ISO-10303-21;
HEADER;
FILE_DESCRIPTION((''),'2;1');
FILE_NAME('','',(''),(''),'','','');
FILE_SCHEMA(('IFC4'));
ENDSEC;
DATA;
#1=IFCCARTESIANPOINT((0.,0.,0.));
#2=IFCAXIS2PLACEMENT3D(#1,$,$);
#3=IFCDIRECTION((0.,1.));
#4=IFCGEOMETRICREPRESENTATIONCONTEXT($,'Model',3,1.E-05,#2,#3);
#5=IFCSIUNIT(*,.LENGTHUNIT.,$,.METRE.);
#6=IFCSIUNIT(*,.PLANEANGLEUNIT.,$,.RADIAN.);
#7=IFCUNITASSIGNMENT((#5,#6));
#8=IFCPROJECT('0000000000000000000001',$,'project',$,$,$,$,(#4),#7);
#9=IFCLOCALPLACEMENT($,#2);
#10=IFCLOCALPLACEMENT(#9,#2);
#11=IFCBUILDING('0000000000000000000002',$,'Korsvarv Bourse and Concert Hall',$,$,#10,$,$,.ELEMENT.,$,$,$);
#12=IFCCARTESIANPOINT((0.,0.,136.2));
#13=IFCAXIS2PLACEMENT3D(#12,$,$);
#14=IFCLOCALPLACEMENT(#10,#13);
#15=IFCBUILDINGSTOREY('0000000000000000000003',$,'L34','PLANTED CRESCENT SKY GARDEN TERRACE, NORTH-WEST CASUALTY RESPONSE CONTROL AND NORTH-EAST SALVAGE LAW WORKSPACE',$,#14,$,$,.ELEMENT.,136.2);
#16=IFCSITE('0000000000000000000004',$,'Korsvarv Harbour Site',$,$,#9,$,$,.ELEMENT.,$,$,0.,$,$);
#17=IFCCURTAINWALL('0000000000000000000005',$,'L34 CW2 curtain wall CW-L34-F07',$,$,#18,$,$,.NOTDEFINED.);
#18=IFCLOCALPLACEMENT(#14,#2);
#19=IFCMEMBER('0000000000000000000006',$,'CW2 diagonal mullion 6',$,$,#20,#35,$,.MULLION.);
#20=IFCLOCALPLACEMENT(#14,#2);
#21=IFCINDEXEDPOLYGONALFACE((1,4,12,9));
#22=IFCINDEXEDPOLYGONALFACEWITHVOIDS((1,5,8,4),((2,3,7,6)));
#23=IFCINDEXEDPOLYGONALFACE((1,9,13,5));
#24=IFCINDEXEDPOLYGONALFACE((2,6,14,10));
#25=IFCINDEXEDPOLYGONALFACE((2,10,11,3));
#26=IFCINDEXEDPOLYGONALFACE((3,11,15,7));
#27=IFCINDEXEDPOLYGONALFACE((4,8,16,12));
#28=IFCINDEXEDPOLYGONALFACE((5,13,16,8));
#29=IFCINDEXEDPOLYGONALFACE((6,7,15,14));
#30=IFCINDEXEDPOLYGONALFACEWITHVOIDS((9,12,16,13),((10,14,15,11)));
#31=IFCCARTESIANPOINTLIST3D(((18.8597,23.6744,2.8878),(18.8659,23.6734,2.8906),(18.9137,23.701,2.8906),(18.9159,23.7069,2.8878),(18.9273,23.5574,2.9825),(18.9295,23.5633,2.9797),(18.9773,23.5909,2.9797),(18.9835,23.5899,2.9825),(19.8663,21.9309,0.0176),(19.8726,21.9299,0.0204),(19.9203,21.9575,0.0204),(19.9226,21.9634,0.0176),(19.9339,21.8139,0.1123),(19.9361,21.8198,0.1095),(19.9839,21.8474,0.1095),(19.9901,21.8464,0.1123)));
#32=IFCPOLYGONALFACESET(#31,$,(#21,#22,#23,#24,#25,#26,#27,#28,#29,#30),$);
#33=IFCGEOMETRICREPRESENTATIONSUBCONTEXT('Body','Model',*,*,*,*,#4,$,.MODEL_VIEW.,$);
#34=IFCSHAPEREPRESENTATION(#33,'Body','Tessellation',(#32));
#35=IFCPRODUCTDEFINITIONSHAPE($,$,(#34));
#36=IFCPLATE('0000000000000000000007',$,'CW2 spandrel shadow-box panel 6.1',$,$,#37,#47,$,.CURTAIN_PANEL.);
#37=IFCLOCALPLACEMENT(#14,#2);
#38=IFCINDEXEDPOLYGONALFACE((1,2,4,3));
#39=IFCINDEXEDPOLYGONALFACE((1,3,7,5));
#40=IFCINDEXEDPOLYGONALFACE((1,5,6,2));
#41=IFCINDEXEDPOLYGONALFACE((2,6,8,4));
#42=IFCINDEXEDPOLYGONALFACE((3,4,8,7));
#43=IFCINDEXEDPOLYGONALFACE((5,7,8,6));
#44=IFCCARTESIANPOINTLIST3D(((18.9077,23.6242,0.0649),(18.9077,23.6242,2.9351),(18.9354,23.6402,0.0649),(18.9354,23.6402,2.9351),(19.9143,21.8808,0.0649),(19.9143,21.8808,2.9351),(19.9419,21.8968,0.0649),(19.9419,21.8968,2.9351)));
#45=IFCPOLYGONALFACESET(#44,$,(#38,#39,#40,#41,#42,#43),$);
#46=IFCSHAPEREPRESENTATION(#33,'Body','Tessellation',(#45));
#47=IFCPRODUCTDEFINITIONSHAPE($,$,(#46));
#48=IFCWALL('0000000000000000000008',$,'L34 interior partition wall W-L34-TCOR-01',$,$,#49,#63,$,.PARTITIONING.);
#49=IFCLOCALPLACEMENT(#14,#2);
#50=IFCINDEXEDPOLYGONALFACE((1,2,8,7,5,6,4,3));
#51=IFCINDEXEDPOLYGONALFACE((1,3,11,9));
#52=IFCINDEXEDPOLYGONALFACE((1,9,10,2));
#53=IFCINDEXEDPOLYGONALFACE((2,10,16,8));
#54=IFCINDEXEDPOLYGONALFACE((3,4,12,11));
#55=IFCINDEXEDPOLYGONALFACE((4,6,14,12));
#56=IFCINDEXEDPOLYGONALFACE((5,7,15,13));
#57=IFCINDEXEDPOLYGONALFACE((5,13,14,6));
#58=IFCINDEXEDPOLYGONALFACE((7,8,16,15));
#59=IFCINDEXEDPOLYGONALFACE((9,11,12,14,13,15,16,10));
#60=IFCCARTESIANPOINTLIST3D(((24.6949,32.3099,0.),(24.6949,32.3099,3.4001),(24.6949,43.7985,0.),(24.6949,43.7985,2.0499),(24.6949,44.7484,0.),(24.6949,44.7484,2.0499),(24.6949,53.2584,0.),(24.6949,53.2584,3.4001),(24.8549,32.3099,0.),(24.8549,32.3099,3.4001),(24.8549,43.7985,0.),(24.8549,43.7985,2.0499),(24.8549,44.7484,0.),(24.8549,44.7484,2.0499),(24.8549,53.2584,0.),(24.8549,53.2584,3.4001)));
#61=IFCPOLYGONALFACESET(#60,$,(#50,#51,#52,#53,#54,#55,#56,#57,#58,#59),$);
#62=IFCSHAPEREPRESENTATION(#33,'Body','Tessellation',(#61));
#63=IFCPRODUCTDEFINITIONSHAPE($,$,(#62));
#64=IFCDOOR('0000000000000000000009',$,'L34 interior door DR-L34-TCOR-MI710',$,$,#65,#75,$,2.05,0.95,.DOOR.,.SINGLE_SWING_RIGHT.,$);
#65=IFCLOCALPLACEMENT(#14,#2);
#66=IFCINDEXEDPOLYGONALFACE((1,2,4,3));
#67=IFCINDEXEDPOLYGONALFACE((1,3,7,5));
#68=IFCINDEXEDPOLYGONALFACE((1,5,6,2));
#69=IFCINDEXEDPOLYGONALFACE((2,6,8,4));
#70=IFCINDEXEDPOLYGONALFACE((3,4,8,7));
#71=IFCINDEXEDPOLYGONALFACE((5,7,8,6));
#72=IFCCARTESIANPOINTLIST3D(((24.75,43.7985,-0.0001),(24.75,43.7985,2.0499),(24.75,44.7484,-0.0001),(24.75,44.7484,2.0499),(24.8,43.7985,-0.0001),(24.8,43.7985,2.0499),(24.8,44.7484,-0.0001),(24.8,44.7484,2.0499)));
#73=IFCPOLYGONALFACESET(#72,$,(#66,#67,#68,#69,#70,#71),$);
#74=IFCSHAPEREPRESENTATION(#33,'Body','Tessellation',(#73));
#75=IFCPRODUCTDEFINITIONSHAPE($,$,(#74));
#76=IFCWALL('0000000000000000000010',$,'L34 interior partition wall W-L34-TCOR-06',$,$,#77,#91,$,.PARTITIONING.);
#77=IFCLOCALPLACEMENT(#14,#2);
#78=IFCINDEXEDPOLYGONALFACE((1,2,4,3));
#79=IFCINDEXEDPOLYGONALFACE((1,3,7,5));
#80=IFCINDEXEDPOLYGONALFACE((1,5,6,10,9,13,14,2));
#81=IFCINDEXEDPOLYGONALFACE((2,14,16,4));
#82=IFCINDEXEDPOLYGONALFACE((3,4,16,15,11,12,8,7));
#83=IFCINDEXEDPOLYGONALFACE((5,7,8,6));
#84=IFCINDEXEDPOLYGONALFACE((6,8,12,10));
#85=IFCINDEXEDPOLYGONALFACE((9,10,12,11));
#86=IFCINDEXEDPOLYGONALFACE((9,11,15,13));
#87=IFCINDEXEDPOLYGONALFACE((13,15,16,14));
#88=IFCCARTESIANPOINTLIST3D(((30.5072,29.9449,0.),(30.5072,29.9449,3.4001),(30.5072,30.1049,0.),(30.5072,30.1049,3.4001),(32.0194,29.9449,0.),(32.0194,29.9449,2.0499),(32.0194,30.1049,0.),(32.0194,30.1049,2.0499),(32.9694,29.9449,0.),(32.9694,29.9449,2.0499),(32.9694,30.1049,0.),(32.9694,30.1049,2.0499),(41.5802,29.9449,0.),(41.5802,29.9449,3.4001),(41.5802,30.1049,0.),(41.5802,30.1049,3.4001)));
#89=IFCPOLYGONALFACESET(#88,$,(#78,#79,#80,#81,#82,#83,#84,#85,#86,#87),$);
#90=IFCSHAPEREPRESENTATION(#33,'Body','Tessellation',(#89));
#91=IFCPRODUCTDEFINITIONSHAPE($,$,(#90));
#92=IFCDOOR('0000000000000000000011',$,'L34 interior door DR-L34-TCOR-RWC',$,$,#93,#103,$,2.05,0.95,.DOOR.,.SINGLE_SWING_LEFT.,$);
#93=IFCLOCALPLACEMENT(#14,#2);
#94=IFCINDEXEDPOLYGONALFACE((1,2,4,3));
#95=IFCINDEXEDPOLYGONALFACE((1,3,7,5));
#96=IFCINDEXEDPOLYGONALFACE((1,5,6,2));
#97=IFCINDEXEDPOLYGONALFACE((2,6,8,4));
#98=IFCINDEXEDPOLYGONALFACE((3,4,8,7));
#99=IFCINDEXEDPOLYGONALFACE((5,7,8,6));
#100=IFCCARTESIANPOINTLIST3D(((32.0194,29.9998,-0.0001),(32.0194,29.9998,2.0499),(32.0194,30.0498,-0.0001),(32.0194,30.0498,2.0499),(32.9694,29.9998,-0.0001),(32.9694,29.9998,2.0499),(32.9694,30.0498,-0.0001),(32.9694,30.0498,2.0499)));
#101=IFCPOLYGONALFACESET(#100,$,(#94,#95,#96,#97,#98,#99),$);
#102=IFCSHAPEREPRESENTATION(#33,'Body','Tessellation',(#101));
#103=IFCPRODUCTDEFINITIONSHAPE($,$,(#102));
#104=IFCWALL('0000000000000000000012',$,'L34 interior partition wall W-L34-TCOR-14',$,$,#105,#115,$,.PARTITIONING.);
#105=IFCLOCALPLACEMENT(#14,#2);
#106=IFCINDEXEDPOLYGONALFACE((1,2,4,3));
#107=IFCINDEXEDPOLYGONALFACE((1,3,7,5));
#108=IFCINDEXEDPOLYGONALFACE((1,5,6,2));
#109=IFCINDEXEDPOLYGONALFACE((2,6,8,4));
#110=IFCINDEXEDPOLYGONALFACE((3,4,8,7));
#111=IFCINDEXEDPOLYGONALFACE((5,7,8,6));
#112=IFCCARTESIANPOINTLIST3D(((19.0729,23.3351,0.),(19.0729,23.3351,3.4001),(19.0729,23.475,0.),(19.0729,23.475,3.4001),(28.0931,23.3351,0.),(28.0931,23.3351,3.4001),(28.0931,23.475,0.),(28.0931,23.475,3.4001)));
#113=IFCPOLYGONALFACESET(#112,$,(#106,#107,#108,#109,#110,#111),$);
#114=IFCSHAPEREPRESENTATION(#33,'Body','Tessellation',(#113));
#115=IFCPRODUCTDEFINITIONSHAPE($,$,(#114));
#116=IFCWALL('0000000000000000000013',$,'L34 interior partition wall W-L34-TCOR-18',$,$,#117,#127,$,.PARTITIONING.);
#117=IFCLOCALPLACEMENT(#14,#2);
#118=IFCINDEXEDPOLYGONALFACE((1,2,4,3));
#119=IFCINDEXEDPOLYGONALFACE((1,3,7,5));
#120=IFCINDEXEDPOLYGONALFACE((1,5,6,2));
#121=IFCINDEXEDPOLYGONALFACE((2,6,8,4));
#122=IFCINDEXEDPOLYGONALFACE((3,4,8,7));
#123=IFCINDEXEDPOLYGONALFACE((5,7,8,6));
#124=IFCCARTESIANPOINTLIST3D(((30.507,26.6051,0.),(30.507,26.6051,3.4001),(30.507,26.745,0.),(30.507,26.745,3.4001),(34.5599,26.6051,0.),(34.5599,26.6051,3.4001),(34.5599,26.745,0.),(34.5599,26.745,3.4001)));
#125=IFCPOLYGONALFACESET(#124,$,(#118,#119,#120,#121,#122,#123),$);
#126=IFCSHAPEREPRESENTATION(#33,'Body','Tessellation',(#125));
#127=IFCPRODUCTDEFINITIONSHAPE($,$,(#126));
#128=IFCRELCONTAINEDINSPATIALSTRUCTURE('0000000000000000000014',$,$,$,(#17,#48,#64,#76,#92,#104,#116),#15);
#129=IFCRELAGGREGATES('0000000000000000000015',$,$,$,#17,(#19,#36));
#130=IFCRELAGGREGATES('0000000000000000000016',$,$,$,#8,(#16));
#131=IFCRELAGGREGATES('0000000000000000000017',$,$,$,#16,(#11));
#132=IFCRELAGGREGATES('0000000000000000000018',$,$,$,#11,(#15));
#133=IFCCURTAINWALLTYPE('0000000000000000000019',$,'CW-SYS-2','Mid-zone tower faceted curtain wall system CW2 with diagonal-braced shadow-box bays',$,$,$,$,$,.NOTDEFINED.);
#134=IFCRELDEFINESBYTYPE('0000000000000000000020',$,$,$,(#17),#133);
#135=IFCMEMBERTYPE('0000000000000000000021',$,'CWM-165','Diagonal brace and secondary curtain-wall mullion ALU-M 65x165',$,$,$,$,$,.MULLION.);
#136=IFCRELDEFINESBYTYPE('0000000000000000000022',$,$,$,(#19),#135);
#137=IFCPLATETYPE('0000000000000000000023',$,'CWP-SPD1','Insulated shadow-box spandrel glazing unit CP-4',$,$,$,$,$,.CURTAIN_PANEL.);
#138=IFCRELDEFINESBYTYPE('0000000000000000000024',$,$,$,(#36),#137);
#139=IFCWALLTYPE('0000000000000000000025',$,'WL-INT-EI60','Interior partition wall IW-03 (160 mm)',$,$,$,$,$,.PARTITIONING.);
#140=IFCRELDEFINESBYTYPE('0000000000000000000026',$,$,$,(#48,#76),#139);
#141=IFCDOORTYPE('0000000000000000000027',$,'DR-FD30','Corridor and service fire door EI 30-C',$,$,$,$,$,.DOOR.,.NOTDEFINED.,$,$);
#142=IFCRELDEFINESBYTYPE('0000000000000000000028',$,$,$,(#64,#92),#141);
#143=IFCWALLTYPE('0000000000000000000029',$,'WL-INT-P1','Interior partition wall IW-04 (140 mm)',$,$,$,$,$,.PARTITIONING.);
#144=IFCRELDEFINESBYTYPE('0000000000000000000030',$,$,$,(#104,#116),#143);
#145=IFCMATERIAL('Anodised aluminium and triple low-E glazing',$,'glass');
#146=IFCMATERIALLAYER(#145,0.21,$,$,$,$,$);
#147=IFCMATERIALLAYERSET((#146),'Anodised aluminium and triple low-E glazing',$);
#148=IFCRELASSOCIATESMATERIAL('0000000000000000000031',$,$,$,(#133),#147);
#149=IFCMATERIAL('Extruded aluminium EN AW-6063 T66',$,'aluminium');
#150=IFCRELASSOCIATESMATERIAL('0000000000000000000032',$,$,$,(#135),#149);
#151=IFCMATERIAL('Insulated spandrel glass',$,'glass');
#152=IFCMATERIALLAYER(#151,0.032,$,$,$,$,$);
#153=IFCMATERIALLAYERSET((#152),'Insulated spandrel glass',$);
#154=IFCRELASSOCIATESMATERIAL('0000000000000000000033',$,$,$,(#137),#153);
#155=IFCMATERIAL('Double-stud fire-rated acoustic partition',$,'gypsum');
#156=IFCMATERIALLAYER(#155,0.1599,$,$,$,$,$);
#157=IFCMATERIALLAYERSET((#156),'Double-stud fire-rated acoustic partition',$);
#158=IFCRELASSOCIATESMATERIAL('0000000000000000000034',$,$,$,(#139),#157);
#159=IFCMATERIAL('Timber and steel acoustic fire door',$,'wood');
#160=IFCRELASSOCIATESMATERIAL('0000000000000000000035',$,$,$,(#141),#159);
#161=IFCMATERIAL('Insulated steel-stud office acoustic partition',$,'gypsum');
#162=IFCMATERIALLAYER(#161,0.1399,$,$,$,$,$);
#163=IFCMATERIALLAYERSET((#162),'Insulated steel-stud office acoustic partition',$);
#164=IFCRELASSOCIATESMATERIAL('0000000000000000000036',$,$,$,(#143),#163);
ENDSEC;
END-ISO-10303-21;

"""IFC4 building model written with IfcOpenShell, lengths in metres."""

from ifc_helpers import new_model, si_unit, direction, frame, frame_2d, origin, origin_2d, place, context, subcontext, project, spatial, rectangle, hollow_rectangle, extrude, source, transform, mapped, material, layer, layer_set, material_profile, profile_set, type_object, element, fill, aggregate, save


model = new_model("IFC4")

# Units and contexts
model_context = context("Model", 3, precision=1e-05, world=origin(), true_north=direction((0.0, 1.0)))
body_context = subcontext(model_context, "Body", "Model", "MODEL_VIEW")
ifc_project = project(units=[si_unit("LENGTHUNIT", "METRE"), si_unit("PLANEANGLEUNIT", "RADIAN")], contexts=[model_context])

# Site, building, storey
site_placement = place(None, origin())
site = spatial("IfcSite", under=ifc_project, at=site_placement, Name="Korsvarv Harbour Site", CompositionType="ELEMENT", RefElevation=0.0)
building_placement = place(site_placement, origin())
building = spatial("IfcBuilding", under=site, at=building_placement, Name="Korsvarv Bourse and Concert Hall", CompositionType="ELEMENT")
storey_placement = place(building_placement, frame((0.0, 0.0, 136.2)))
storey = spatial("IfcBuildingStorey", under=building, at=storey_placement, Name="L34", Description="PLANTED CRESCENT SKY GARDEN TERRACE, NORTH-WEST CASUALTY RESPONSE CONTROL AND NORTH-EAST SALVAGE LAW WORKSPACE", CompositionType="ELEMENT", Elevation=136.2)

# Curtain wall, member, plate
ifc_material_1 = material(Name="Anodised aluminium and triple low-E glazing", Category="glass")
ifc_layer_1 = layer(ifc_material_1, 0.21)
ifc_layer_set_1 = layer_set([ifc_layer_1], Name="Anodised aluminium and triple low-E glazing")
curtain_wall_type = type_object("IfcCurtainWallType", Name="CW-SYS-2", Description="Mid-zone tower faceted curtain wall system CW2 with diagonal-braced shadow-box bays", PredefinedType="NOTDEFINED", material=ifc_layer_set_1)
curtain_wall_placement = place(storey_placement, origin())
curtain_wall = element("IfcCurtainWall", 1, at=curtain_wall_placement, inside=storey, type_object=curtain_wall_type, Name="L34 CW2 curtain wall CW-L34-F07", PredefinedType="NOTDEFINED")
ifc_material_2 = material(Name="Extruded aluminium EN AW-6063 T66", Category="aluminium")
ifc_material_profile_1 = material_profile(ifc_material_2, hollow_rectangle(XDim=0.0649, YDim=0.165, WallThickness=0.0049, at=origin_2d()), Name="ALU-M 65x165")
ifc_profile_set_1 = profile_set([ifc_material_profile_1], Name="Extruded aluminium EN AW-6063 T66")
member_type_1 = type_object("IfcMemberType", Name="CWM-165", Description="Diagonal brace and secondary curtain-wall mullion ALU-M 65x165", PredefinedType="MULLION", material=ifc_profile_set_1)
shared_shape_1 = source(origin(), body_context, "Body", "SweptSolid", [
    extrude(hollow_rectangle(XDim=0.0649, YDim=0.165, WallThickness=0.0049, at=origin_2d()), origin(), (0.0, 0.0, 1.0), 3.5059),
])
member_1_placement = place(storey_placement, frame((19.9282, 21.8887, 0.0649), z_axis=(-0.287126, 0.4973, 0.818689), x_axis=(-0.866018, -0.500013, 0.0)))
member_1 = element("IfcMember", 2, at=member_1_placement, type_object=member_type_1, Name="CW2 diagonal mullion 6", PredefinedType="MULLION", context=body_context, shape_type="MappedRepresentation", body=[
    mapped(shared_shape_1, transform((0.0, 0.0, 0.0), scale=1.0)),
])
ifc_material_3 = material(Name="Insulated spandrel glass", Category="glass")
ifc_layer_2 = layer(ifc_material_3, 0.032)
ifc_layer_set_2 = layer_set([ifc_layer_2], Name="Insulated spandrel glass")
plate_type = type_object("IfcPlateType", Name="CWP-SPD1", Description="Insulated shadow-box spandrel glazing unit CP-4", PredefinedType="CURTAIN_PANEL", material=ifc_layer_set_2)
shared_shape_2 = source(origin(), body_context, "Body", "SweptSolid", [
    extrude(rectangle(XDim=2.0132, YDim=0.032, at=origin_2d()), origin(), (0.0, 0.0, 1.0), 2.8701),
])
plate_placement = place(storey_placement, frame((19.4248, 22.7605, 0.0649), z_axis=(0.0, 0.0, 1.0), x_axis=(0.5, -0.866025, 0.0)))
plate = element("IfcPlate", 3, at=plate_placement, type_object=plate_type, Name="CW2 spandrel shadow-box panel 6.1", PredefinedType="CURTAIN_PANEL", context=body_context, shape_type="MappedRepresentation", body=[
    mapped(shared_shape_2, transform((0.0, 0.0, 0.0), scale=1.0)),
])
aggregate(curtain_wall, [member_1, plate])

# Walls, openings, doors
ifc_material_4 = material(Name="Double-stud fire-rated acoustic partition", Category="gypsum")
ifc_layer_3 = layer(ifc_material_4, 0.1599)
ifc_layer_set_3 = layer_set([ifc_layer_3], Name="Double-stud fire-rated acoustic partition")
wall_type_1 = type_object("IfcWallType", Name="WL-INT-EI60", Description="Interior partition wall IW-03 (160 mm)", PredefinedType="PARTITIONING", material=ifc_layer_set_3)
wall_1_placement = place(storey_placement, frame((24.7749, 32.3101, 0.0), z_axis=(0.0, 0.0, 1.0), x_axis=(0.0, 1.0, 0.0)))
wall_1 = element("IfcWall", 4, at=wall_1_placement, inside=storey, type_object=wall_type_1, Name="L34 interior partition wall W-L34-TCOR-01", PredefinedType="PARTITIONING", context=body_context, shape_type="SweptSolid", body=[
    extrude(rectangle(XDim=20.9485, YDim=0.1599, at=frame_2d((10.4741, 0.0))), origin(), (0.0, 0.0, 1.0), 3.4001),
])
opening_1_placement = place(wall_1_placement, frame((11.4883, 0.0, 0.0)))
opening_1 = element("IfcOpeningElement", 5, at=opening_1_placement, cuts=wall_1, PredefinedType="OPENING", context=body_context, shape_type="SweptSolid", body=[
    extrude(rectangle(XDim=0.95, YDim=2.05, at=frame_2d((0.4751, 1.0249))), frame((0.0, 0.0898, 0.0), z_axis=(0.0, -1.0, 0.0), x_axis=(1.0, 0.0, 0.0)), (0.0, 0.0, 1.0), 0.1799),
])
ifc_material_5 = material(Name="Timber and steel acoustic fire door", Category="wood")
door_type = type_object("IfcDoorType", Name="DR-FD30", Description="Corridor and service fire door EI 30-C", OperationType="NOTDEFINED", PredefinedType="DOOR", material=ifc_material_5)
door_1_placement = place(opening_1_placement, origin())
door_1 = element("IfcDoor", 6, at=door_1_placement, inside=storey, type_object=door_type, Name="L34 interior door DR-L34-TCOR-MI710", OperationType="SINGLE_SWING_RIGHT", OverallHeight=2.05, OverallWidth=0.95, PredefinedType="DOOR", context=body_context, shape_type="SweptSolid", body=[
    extrude(rectangle(XDim=0.95, YDim=2.05, at=frame_2d((0.4751, 1.0249))), frame((0.0, 0.0249, 0.0), z_axis=(0.0, -1.0, 0.0), x_axis=(1.0, 0.0, 0.0)), (0.0, 0.0, 1.0), 0.05),
])
fill(opening_1, door_1)
wall_2_placement = place(storey_placement, frame((30.5071, 30.0249, 0.0), z_axis=(0.0, 0.0, 1.0), x_axis=(1.0, 0.0, 0.0)))
wall_2 = element("IfcWall", 7, at=wall_2_placement, inside=storey, type_object=wall_type_1, Name="L34 interior partition wall W-L34-TCOR-06", PredefinedType="PARTITIONING", context=body_context, shape_type="SweptSolid", body=[
    extrude(rectangle(XDim=11.073, YDim=0.1599, at=frame_2d((5.5366, 0.0))), origin(), (0.0, 0.0, 1.0), 3.4001),
])
opening_2_placement = place(wall_2_placement, frame((1.5122, 0.0, 0.0)))
opening_2 = element("IfcOpeningElement", 8, at=opening_2_placement, cuts=wall_2, PredefinedType="OPENING", context=body_context, shape_type="SweptSolid", body=[
    extrude(rectangle(XDim=0.95, YDim=2.05, at=frame_2d((0.4751, 1.0249))), frame((0.0, 0.0898, 0.0), z_axis=(0.0, -1.0, 0.0), x_axis=(1.0, 0.0, 0.0)), (0.0, 0.0, 1.0), 0.1799),
])
door_2_placement = place(opening_2_placement, origin())
door_2 = element("IfcDoor", 9, at=door_2_placement, inside=storey, type_object=door_type, Name="L34 interior door DR-L34-TCOR-RWC", OperationType="SINGLE_SWING_LEFT", OverallHeight=2.05, OverallWidth=0.95, PredefinedType="DOOR", context=body_context, shape_type="SweptSolid", body=[
    extrude(rectangle(XDim=0.95, YDim=2.05, at=frame_2d((0.4751, 1.0249))), frame((0.0, 0.0249, 0.0), z_axis=(0.0, -1.0, 0.0), x_axis=(1.0, 0.0, 0.0)), (0.0, 0.0, 1.0), 0.05),
])
fill(opening_2, door_2)

# Walls
ifc_material_6 = material(Name="Insulated steel-stud office acoustic partition", Category="gypsum")
ifc_layer_4 = layer(ifc_material_6, 0.1399)
ifc_layer_set_4 = layer_set([ifc_layer_4], Name="Insulated steel-stud office acoustic partition")
wall_type_2 = type_object("IfcWallType", Name="WL-INT-P1", Description="Interior partition wall IW-04 (140 mm)", PredefinedType="PARTITIONING", material=ifc_layer_set_4)
wall_3_placement = place(storey_placement, frame((19.0728, 23.405, 0.0), z_axis=(0.0, 0.0, 1.0), x_axis=(1.0, 0.0, 0.0)))
element("IfcWall", 10, at=wall_3_placement, inside=storey, type_object=wall_type_2, Name="L34 interior partition wall W-L34-TCOR-14", PredefinedType="PARTITIONING", context=body_context, shape_type="SweptSolid", body=[
    extrude(rectangle(XDim=9.0203, YDim=0.1399, at=frame_2d((4.5103, 0.0))), origin(), (0.0, 0.0, 1.0), 3.4001),
])
wall_4_placement = place(storey_placement, frame((30.5071, 26.675, 0.0), z_axis=(0.0, 0.0, 1.0), x_axis=(1.0, 0.0, 0.0)))
element("IfcWall", 11, at=wall_4_placement, inside=storey, type_object=wall_type_2, Name="L34 interior partition wall W-L34-TCOR-18", PredefinedType="PARTITIONING", context=body_context, shape_type="SweptSolid", body=[
    extrude(rectangle(XDim=4.053, YDim=0.1399, at=frame_2d((2.0264, 0.0))), origin(), (0.0, 0.0, 1.0), 3.4001),
])

save(model, "model.ifc")
